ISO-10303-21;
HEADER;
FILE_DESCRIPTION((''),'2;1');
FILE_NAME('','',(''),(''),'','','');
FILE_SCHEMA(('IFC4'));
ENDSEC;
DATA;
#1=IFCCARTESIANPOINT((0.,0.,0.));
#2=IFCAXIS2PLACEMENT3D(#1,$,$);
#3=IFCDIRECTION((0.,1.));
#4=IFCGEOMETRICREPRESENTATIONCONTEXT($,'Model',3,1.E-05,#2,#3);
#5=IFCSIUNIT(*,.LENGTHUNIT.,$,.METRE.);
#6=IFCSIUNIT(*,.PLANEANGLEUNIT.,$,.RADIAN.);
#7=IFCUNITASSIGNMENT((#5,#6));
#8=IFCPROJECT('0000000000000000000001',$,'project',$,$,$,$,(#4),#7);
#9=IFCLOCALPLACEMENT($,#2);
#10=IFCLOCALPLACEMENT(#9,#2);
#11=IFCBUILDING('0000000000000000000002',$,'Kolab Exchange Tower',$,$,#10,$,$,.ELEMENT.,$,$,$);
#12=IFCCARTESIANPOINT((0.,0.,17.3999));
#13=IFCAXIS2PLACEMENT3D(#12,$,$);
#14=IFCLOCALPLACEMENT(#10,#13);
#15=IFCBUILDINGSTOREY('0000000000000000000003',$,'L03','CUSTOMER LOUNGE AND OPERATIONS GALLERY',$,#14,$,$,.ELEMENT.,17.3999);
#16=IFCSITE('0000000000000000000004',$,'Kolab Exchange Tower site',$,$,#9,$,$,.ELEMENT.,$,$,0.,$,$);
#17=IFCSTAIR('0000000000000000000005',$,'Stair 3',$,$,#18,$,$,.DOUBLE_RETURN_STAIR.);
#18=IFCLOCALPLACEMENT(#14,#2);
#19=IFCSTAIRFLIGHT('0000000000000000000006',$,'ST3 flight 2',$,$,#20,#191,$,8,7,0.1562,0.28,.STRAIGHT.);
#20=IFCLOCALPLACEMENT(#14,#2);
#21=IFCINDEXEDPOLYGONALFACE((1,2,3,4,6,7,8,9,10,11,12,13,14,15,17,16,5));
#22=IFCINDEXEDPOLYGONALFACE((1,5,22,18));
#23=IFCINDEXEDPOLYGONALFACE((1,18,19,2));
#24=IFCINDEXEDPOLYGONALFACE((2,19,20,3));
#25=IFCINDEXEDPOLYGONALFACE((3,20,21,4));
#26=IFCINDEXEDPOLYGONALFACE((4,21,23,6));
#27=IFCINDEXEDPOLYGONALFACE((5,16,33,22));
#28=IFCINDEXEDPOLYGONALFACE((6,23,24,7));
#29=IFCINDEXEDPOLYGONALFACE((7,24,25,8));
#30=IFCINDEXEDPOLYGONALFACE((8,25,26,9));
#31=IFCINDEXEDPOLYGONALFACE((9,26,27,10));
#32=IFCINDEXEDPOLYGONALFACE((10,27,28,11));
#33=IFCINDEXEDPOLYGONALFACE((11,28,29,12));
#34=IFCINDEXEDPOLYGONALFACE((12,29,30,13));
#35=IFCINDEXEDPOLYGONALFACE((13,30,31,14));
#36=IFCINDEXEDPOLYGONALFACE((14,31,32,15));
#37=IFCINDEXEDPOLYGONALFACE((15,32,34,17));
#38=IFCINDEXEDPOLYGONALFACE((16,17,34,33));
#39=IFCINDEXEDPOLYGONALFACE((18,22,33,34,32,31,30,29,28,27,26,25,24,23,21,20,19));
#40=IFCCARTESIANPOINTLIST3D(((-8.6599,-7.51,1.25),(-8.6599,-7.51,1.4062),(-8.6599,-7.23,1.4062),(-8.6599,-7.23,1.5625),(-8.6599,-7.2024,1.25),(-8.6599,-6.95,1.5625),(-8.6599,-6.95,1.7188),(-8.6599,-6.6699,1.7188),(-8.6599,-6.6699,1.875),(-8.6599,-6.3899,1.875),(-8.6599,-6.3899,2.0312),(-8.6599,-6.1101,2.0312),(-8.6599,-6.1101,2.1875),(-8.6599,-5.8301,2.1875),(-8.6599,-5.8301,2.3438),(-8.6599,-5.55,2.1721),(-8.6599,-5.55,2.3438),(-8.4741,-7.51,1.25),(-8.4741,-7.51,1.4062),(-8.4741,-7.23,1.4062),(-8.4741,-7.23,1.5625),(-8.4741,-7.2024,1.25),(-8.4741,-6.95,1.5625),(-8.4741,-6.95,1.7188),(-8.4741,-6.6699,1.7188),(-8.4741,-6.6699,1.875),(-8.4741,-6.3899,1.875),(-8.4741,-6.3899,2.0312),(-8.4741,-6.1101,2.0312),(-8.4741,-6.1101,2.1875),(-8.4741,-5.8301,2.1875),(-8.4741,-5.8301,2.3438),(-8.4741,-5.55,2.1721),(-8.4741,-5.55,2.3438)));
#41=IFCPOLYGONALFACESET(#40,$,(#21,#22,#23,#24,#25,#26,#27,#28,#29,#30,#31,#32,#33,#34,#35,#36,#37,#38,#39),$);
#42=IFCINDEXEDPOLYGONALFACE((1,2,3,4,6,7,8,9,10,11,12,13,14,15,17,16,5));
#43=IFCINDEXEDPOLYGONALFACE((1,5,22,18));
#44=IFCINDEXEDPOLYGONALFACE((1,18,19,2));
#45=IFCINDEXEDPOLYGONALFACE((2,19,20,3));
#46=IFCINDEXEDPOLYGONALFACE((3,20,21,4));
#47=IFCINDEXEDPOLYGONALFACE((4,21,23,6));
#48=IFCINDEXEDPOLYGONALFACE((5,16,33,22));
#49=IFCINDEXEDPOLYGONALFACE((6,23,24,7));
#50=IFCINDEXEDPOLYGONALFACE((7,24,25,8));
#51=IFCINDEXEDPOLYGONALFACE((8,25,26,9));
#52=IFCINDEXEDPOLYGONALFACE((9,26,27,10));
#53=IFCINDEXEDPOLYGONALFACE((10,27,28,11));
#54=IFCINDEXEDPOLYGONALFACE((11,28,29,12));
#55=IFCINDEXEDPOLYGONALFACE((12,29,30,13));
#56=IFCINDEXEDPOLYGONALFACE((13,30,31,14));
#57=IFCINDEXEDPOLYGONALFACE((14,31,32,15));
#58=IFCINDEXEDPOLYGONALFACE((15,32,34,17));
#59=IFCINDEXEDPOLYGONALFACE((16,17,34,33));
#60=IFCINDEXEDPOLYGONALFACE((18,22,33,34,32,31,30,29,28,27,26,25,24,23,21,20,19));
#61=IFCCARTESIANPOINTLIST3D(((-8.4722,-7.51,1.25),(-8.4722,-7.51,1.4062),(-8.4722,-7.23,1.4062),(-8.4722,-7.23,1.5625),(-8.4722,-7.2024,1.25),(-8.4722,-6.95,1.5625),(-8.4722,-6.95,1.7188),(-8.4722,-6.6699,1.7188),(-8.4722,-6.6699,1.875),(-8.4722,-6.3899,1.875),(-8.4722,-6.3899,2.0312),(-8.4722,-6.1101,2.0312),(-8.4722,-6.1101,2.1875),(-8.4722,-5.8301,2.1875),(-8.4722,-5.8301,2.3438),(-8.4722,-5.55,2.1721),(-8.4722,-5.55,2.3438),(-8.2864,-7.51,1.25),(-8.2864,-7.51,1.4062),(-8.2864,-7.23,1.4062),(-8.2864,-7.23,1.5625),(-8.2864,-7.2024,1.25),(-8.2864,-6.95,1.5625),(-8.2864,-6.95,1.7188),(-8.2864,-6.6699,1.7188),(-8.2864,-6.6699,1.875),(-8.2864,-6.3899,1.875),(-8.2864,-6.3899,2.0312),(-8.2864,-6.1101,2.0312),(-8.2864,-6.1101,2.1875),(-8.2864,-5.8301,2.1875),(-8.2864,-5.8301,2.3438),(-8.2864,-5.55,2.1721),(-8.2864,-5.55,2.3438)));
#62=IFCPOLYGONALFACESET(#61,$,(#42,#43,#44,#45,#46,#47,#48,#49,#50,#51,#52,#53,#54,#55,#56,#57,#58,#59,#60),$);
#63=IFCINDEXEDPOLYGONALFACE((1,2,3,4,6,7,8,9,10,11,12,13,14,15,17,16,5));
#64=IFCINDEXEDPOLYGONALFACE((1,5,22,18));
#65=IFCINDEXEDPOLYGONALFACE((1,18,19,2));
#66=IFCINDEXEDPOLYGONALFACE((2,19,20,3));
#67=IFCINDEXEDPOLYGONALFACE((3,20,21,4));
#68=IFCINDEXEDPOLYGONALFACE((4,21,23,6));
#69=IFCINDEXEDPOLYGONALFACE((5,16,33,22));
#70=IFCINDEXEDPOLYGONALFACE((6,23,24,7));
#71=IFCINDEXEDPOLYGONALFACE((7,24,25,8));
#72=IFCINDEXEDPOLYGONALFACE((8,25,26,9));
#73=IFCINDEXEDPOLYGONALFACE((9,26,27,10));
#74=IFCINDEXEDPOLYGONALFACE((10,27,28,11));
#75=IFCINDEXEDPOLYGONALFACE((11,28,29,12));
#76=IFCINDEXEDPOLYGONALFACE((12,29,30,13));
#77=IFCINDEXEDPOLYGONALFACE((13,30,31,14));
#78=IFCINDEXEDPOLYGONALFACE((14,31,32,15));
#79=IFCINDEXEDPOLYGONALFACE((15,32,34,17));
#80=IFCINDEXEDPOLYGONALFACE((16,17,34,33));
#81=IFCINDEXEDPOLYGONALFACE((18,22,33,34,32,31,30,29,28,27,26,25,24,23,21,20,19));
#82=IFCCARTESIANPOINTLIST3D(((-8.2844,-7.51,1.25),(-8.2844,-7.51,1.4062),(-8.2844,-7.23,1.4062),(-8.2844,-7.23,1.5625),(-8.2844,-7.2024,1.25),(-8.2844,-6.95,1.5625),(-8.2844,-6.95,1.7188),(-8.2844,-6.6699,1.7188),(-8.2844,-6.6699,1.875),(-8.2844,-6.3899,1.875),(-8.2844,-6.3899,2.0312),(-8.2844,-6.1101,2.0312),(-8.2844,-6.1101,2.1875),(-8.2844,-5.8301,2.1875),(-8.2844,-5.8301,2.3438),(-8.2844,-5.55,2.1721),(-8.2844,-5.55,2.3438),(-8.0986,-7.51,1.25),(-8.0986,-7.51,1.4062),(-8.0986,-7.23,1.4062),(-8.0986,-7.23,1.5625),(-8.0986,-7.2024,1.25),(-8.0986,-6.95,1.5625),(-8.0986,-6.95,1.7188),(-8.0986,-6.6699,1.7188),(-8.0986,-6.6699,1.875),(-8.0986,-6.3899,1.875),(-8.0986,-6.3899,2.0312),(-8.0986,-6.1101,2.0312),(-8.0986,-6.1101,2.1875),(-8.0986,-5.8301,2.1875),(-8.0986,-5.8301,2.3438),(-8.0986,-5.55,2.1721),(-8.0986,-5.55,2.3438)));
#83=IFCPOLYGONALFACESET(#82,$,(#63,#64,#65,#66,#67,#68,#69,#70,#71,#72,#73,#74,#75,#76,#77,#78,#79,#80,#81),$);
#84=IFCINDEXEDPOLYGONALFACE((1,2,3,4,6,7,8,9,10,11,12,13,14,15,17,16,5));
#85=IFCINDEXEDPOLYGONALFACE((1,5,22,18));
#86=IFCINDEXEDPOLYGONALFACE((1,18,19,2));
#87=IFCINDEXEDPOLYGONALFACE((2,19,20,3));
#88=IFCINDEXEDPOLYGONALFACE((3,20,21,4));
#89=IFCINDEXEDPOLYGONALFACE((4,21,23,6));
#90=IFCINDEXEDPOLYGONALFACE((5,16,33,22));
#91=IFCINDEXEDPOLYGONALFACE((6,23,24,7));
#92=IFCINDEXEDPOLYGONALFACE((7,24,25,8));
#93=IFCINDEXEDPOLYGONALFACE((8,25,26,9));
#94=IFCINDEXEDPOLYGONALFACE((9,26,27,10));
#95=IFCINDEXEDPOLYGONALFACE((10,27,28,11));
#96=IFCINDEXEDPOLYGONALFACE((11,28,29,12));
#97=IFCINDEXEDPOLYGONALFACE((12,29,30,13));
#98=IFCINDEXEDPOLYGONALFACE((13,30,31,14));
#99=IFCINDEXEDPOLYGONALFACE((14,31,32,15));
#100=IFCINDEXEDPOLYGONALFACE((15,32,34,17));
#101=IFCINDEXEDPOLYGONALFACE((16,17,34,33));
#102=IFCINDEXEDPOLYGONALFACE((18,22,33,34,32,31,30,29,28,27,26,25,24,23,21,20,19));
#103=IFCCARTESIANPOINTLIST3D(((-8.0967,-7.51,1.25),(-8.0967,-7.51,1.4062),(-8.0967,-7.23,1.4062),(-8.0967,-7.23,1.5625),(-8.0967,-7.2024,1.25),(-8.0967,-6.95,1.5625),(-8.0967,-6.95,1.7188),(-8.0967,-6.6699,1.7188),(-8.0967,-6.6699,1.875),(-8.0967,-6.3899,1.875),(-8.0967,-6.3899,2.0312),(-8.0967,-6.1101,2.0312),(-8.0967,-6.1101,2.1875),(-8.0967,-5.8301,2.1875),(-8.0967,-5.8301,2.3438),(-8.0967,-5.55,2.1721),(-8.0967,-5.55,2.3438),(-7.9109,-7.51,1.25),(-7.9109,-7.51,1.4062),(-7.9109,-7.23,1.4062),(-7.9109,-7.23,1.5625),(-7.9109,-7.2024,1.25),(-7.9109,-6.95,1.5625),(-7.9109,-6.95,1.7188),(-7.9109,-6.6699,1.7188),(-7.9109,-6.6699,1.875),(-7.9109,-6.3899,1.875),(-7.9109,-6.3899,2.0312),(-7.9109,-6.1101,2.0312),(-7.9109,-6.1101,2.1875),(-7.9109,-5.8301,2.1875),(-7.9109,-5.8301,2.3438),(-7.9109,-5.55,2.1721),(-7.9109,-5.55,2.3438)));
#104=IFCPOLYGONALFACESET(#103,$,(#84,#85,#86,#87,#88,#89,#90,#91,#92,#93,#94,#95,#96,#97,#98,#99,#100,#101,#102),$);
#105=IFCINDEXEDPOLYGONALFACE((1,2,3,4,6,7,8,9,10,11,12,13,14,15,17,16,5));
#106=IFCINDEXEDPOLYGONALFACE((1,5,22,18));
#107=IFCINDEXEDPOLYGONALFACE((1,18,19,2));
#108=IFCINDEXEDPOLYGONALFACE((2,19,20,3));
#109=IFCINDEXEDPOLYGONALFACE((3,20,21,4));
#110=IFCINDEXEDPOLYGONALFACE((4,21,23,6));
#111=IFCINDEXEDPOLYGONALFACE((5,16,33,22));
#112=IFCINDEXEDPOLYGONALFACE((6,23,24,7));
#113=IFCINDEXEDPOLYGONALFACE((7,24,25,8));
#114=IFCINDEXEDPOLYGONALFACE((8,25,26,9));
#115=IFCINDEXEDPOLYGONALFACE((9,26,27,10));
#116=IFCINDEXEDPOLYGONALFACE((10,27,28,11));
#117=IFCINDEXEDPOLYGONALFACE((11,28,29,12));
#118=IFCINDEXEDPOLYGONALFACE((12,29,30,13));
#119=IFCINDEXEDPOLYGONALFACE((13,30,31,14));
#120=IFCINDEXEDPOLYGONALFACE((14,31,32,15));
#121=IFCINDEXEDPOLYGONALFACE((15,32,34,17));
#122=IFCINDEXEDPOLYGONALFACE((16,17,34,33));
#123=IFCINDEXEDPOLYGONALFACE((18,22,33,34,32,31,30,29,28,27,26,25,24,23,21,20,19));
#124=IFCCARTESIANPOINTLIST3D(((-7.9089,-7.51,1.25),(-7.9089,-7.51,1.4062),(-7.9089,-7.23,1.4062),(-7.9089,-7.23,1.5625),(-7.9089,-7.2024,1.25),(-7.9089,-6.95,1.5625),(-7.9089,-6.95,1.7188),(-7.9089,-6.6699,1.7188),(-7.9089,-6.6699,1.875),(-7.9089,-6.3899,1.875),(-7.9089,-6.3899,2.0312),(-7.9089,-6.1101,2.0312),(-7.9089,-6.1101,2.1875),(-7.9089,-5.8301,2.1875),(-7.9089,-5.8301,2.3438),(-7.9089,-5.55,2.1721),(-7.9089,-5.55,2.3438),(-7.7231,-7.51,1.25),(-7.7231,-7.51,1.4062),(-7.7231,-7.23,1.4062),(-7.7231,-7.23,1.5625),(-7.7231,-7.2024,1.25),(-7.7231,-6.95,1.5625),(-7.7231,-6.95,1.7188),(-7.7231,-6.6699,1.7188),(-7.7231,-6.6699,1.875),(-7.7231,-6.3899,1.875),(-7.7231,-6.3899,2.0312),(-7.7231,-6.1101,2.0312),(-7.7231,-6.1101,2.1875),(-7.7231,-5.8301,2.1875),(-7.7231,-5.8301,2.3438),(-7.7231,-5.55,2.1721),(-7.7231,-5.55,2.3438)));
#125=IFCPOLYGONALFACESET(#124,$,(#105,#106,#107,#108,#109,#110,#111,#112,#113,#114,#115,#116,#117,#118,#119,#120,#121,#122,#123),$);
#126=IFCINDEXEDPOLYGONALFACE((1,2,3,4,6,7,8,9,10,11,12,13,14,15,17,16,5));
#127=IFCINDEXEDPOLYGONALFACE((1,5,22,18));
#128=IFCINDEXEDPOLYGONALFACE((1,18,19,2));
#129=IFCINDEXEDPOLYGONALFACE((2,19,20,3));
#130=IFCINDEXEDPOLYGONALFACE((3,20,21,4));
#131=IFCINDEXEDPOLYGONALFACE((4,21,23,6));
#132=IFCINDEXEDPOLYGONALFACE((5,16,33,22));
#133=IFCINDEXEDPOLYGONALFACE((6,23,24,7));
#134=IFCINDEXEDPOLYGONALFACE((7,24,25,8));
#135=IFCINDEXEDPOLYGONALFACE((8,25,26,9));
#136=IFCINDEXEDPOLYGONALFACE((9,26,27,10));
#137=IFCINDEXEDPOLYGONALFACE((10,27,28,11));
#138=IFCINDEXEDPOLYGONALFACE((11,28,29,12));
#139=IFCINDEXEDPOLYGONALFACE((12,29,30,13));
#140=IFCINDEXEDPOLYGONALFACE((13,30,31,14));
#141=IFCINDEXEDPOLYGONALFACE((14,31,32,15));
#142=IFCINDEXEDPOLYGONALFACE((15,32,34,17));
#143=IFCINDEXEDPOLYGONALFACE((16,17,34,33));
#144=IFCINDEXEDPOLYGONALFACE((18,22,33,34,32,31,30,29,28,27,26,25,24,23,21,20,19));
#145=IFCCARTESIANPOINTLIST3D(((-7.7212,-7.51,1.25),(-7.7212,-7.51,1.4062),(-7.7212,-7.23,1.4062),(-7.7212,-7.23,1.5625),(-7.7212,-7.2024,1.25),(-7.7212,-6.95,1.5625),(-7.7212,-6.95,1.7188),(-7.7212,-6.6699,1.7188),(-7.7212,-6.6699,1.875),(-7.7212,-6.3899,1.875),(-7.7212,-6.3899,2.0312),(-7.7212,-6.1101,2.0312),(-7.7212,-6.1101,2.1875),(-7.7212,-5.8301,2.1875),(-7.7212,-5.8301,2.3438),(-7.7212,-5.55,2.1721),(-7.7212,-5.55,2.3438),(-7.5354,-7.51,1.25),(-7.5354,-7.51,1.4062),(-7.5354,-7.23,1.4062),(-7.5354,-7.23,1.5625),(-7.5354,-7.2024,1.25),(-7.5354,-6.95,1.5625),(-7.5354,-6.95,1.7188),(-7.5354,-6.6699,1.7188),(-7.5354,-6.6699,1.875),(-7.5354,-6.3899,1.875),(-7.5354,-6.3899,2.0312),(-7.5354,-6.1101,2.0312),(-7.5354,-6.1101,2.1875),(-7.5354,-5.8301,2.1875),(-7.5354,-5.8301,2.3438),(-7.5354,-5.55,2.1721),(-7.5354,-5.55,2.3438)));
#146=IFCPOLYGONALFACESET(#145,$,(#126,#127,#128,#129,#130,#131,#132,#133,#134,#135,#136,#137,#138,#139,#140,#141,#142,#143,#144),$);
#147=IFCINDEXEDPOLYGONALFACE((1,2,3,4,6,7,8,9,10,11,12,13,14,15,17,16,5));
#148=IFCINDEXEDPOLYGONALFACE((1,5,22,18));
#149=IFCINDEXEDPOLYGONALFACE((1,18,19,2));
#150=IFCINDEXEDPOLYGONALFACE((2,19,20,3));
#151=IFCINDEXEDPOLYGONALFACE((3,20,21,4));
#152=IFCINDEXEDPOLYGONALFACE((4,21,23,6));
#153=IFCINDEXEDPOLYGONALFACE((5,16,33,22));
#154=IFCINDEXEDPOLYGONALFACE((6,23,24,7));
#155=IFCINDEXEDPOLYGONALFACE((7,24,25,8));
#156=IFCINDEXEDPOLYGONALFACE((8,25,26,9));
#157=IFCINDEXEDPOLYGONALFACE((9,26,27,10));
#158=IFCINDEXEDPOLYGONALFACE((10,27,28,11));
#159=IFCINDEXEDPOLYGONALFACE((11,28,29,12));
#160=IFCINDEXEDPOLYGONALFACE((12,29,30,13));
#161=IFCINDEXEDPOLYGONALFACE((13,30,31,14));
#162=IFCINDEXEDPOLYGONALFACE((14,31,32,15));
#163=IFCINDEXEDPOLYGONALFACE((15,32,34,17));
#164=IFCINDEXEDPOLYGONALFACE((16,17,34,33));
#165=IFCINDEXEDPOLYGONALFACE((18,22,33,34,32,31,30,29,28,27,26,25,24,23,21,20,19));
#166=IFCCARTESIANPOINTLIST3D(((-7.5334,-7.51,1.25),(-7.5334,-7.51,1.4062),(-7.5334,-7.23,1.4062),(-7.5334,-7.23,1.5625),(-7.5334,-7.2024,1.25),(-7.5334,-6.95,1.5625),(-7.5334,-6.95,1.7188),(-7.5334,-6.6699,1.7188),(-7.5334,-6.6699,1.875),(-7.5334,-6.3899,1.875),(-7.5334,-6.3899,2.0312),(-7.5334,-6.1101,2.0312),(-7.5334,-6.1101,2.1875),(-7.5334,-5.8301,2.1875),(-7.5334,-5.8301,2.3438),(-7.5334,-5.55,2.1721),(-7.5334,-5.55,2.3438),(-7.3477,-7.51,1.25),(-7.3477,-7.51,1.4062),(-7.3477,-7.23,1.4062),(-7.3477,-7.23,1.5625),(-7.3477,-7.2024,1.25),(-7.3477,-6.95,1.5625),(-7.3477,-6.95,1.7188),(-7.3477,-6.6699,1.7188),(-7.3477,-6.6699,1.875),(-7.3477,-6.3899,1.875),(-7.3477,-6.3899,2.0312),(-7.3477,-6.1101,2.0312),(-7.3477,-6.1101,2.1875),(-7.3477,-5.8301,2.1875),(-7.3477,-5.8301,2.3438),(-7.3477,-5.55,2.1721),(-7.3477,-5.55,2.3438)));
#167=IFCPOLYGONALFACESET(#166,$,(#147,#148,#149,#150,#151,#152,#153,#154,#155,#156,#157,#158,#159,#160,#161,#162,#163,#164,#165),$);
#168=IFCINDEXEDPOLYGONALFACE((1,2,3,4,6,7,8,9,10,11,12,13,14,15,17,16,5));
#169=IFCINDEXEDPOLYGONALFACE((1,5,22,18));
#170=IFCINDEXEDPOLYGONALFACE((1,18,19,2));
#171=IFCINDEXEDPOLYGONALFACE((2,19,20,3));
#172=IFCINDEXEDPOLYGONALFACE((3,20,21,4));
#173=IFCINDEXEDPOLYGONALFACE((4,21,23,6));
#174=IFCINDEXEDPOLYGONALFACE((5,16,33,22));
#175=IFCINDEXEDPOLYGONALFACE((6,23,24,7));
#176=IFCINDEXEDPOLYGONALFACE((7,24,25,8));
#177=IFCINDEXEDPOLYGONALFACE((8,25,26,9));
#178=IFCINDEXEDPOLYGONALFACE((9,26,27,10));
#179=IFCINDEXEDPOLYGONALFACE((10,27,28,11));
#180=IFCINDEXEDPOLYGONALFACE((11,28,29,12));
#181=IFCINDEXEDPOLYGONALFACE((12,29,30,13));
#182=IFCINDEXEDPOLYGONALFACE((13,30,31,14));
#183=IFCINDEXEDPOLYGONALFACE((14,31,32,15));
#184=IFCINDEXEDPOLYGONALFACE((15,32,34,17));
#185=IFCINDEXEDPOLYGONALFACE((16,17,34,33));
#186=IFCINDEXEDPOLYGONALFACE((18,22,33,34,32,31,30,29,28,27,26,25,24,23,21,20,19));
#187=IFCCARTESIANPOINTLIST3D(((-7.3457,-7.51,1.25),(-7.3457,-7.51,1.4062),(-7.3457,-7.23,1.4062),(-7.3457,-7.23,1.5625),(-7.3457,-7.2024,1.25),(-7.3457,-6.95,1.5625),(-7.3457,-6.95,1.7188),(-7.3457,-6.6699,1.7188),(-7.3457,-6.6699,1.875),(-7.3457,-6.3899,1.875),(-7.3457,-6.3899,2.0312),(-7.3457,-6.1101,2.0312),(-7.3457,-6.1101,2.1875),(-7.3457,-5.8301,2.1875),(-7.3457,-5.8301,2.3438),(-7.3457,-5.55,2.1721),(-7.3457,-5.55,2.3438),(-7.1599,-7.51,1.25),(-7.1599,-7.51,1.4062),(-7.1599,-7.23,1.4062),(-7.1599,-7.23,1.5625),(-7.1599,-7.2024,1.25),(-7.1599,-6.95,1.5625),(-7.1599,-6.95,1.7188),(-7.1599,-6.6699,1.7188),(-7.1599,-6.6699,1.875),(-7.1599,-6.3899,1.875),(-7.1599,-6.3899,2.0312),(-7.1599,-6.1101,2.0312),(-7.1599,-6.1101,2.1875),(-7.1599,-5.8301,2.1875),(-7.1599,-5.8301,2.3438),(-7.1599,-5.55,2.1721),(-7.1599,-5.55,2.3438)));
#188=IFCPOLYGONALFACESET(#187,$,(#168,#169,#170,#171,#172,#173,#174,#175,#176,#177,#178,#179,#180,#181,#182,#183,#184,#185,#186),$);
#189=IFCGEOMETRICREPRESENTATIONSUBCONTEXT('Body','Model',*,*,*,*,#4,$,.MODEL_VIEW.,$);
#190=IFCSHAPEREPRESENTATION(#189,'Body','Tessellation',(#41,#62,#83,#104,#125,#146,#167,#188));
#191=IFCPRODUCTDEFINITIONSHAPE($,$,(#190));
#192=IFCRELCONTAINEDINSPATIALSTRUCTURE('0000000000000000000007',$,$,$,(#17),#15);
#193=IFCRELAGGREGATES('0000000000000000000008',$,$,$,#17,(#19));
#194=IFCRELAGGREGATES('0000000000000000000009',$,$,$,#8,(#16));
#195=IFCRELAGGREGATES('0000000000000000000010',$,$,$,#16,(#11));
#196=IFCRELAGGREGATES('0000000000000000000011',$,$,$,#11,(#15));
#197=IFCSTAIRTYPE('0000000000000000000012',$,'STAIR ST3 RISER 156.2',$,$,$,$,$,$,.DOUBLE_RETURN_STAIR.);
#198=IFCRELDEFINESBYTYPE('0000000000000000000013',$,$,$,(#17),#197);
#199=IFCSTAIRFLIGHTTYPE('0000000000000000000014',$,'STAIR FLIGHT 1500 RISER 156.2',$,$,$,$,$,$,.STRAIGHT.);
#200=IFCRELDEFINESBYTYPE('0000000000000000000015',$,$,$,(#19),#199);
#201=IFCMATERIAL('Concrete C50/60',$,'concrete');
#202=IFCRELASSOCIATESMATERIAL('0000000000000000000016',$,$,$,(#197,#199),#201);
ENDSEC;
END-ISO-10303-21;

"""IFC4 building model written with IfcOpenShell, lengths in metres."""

from ifc_helpers import new_model, si_unit, direction, frame, origin, place, context, subcontext, project, spatial, polyline, outline, extrude, material, type_object, element, aggregate, save


model = new_model("IFC4")

# Units and contexts
model_context = context("Model", 3, precision=1e-05, world=origin(), true_north=direction((0.0, 1.0)))
body_context = subcontext(model_context, "Body", "Model", "MODEL_VIEW")
ifc_project = project(units=[si_unit("LENGTHUNIT", "METRE"), si_unit("PLANEANGLEUNIT", "RADIAN")], contexts=[model_context])

# Site, building, storey
site_placement = place(None, origin())
site = spatial("IfcSite", under=ifc_project, at=site_placement, Name="Kolab Exchange Tower site", CompositionType="ELEMENT", RefElevation=0.0)
building_placement = place(site_placement, origin())
building = spatial("IfcBuilding", under=site, at=building_placement, Name="Kolab Exchange Tower", CompositionType="ELEMENT")
storey_placement = place(building_placement, frame((0.0, 0.0, 17.3999)))
storey = spatial("IfcBuildingStorey", under=building, at=storey_placement, Name="L03", Description="CUSTOMER LOUNGE AND OPERATIONS GALLERY", CompositionType="ELEMENT", Elevation=17.3999)

# Shared definitions
ifc_material_1 = material(Name="Concrete C50/60", Category="concrete")

# Stair, stair flight
stair_type = type_object("IfcStairType", Name="STAIR ST3 RISER 156.2", PredefinedType="DOUBLE_RETURN_STAIR", material=ifc_material_1)
stair_placement = place(storey_placement, origin())
stair = element("IfcStair", 1, at=stair_placement, inside=storey, type_object=stair_type, Name="Stair 3", PredefinedType="DOUBLE_RETURN_STAIR")
stair_flight_type = type_object("IfcStairFlightType", Name="STAIR FLIGHT 1500 RISER 156.2", PredefinedType="STRAIGHT", material=ifc_material_1)
stair_flight_1_placement = place(storey_placement, frame((-7.9099, -7.51, 1.25), z_axis=(0.0, 0.0, 1.0), x_axis=(0.0, 1.0, 0.0)))
stair_flight_1 = element("IfcStairFlight", 2, at=stair_flight_1_placement, type_object=stair_flight_type, Name="ST3 flight 2", NumberOfRisers=8, NumberOfTreads=7, PredefinedType="STRAIGHT", RiserHeight=0.1562, TreadLength=0.28, context=body_context, shape_type="SweptSolid", body=[
    extrude(outline(polyline([(0.0, 0.0), (0.0, 0.1562), (0.28, 0.1562), (0.28, 0.3125), (0.5601, 0.3125), (0.5601, 0.4688), (0.8401, 0.4688), (0.8401, 0.625), (1.1201, 0.625), (1.1201, 0.7812), (1.3999, 0.7812), (1.3999, 0.9375), (1.6799, 0.9375), (1.6799, 1.0938), (1.96, 1.0938), (1.96, 1.25), (1.96, 0.9221), (0.3076, 0.0), (0.0, 0.0)])), frame((0.0, 0.75, 0.0), z_axis=(0.0, -1.0, 0.0), x_axis=(1.0, 0.0, 0.0)), (0.0, 0.0, 1.0), 0.1858),
    extrude(outline(polyline([(0.0, 0.0), (0.0, 0.1562), (0.28, 0.1562), (0.28, 0.3125), (0.5601, 0.3125), (0.5601, 0.4688), (0.8401, 0.4688), (0.8401, 0.625), (1.1201, 0.625), (1.1201, 0.7812), (1.3999, 0.7812), (1.3999, 0.9375), (1.6799, 0.9375), (1.6799, 1.0938), (1.96, 1.0938), (1.96, 1.25), (1.96, 0.9221), (0.3076, 0.0), (0.0, 0.0)])), frame((0.0, 0.5623, 0.0), z_axis=(0.0, -1.0, 0.0), x_axis=(1.0, 0.0, 0.0)), (0.0, 0.0, 1.0), 0.1858),
    extrude(outline(polyline([(0.0, 0.0), (0.0, 0.1562), (0.28, 0.1562), (0.28, 0.3125), (0.5601, 0.3125), (0.5601, 0.4688), (0.8401, 0.4688), (0.8401, 0.625), (1.1201, 0.625), (1.1201, 0.7812), (1.3999, 0.7812), (1.3999, 0.9375), (1.6799, 0.9375), (1.6799, 1.0938), (1.96, 1.0938), (1.96, 1.25), (1.96, 0.9221), (0.3076, 0.0), (0.0, 0.0)])), frame((0.0, 0.3745, 0.0), z_axis=(0.0, -1.0, 0.0), x_axis=(1.0, 0.0, 0.0)), (0.0, 0.0, 1.0), 0.1858),
    extrude(outline(polyline([(0.0, 0.0), (0.0, 0.1562), (0.28, 0.1562), (0.28, 0.3125), (0.5601, 0.3125), (0.5601, 0.4688), (0.8401, 0.4688), (0.8401, 0.625), (1.1201, 0.625), (1.1201, 0.7812), (1.3999, 0.7812), (1.3999, 0.9375), (1.6799, 0.9375), (1.6799, 1.0938), (1.96, 1.0938), (1.96, 1.25), (1.96, 0.9221), (0.3076, 0.0), (0.0, 0.0)])), frame((0.0, 0.1868, 0.0), z_axis=(0.0, -1.0, 0.0), x_axis=(1.0, 0.0, 0.0)), (0.0, 0.0, 1.0), 0.1858),
    extrude(outline(polyline([(0.0, 0.0), (0.0, 0.1562), (0.28, 0.1562), (0.28, 0.3125), (0.5601, 0.3125), (0.5601, 0.4688), (0.8401, 0.4688), (0.8401, 0.625), (1.1201, 0.625), (1.1201, 0.7812), (1.3999, 0.7812), (1.3999, 0.9375), (1.6799, 0.9375), (1.6799, 1.0938), (1.96, 1.0938), (1.96, 1.25), (1.96, 0.9221), (0.3076, 0.0), (0.0, 0.0)])), frame((0.0, -0.001, 0.0), z_axis=(0.0, -1.0, 0.0), x_axis=(1.0, 0.0, 0.0)), (0.0, 0.0, 1.0), 0.1858),
    extrude(outline(polyline([(0.0, 0.0), (0.0, 0.1562), (0.28, 0.1562), (0.28, 0.3125), (0.5601, 0.3125), (0.5601, 0.4688), (0.8401, 0.4688), (0.8401, 0.625), (1.1201, 0.625), (1.1201, 0.7812), (1.3999, 0.7812), (1.3999, 0.9375), (1.6799, 0.9375), (1.6799, 1.0938), (1.96, 1.0938), (1.96, 1.25), (1.96, 0.9221), (0.3076, 0.0), (0.0, 0.0)])), frame((0.0, -0.1887, 0.0), z_axis=(0.0, -1.0, 0.0), x_axis=(1.0, 0.0, 0.0)), (0.0, 0.0, 1.0), 0.1858),
    extrude(outline(polyline([(0.0, 0.0), (0.0, 0.1562), (0.28, 0.1562), (0.28, 0.3125), (0.5601, 0.3125), (0.5601, 0.4688), (0.8401, 0.4688), (0.8401, 0.625), (1.1201, 0.625), (1.1201, 0.7812), (1.3999, 0.7812), (1.3999, 0.9375), (1.6799, 0.9375), (1.6799, 1.0938), (1.96, 1.0938), (1.96, 1.25), (1.96, 0.9221), (0.3076, 0.0), (0.0, 0.0)])), frame((0.0, -0.3765, 0.0), z_axis=(0.0, -1.0, 0.0), x_axis=(1.0, 0.0, 0.0)), (0.0, 0.0, 1.0), 0.1858),
    extrude(outline(polyline([(0.0, 0.0), (0.0, 0.1562), (0.28, 0.1562), (0.28, 0.3125), (0.5601, 0.3125), (0.5601, 0.4688), (0.8401, 0.4688), (0.8401, 0.625), (1.1201, 0.625), (1.1201, 0.7812), (1.3999, 0.7812), (1.3999, 0.9375), (1.6799, 0.9375), (1.6799, 1.0938), (1.96, 1.0938), (1.96, 1.25), (1.96, 0.9221), (0.3076, 0.0), (0.0, 0.0)])), frame((0.0, -0.5642, 0.0), z_axis=(0.0, -1.0, 0.0), x_axis=(1.0, 0.0, 0.0)), (0.0, 0.0, 1.0), 0.1858),
])
aggregate(stair, [stair_flight_1])

save(model, "model.ifc")
